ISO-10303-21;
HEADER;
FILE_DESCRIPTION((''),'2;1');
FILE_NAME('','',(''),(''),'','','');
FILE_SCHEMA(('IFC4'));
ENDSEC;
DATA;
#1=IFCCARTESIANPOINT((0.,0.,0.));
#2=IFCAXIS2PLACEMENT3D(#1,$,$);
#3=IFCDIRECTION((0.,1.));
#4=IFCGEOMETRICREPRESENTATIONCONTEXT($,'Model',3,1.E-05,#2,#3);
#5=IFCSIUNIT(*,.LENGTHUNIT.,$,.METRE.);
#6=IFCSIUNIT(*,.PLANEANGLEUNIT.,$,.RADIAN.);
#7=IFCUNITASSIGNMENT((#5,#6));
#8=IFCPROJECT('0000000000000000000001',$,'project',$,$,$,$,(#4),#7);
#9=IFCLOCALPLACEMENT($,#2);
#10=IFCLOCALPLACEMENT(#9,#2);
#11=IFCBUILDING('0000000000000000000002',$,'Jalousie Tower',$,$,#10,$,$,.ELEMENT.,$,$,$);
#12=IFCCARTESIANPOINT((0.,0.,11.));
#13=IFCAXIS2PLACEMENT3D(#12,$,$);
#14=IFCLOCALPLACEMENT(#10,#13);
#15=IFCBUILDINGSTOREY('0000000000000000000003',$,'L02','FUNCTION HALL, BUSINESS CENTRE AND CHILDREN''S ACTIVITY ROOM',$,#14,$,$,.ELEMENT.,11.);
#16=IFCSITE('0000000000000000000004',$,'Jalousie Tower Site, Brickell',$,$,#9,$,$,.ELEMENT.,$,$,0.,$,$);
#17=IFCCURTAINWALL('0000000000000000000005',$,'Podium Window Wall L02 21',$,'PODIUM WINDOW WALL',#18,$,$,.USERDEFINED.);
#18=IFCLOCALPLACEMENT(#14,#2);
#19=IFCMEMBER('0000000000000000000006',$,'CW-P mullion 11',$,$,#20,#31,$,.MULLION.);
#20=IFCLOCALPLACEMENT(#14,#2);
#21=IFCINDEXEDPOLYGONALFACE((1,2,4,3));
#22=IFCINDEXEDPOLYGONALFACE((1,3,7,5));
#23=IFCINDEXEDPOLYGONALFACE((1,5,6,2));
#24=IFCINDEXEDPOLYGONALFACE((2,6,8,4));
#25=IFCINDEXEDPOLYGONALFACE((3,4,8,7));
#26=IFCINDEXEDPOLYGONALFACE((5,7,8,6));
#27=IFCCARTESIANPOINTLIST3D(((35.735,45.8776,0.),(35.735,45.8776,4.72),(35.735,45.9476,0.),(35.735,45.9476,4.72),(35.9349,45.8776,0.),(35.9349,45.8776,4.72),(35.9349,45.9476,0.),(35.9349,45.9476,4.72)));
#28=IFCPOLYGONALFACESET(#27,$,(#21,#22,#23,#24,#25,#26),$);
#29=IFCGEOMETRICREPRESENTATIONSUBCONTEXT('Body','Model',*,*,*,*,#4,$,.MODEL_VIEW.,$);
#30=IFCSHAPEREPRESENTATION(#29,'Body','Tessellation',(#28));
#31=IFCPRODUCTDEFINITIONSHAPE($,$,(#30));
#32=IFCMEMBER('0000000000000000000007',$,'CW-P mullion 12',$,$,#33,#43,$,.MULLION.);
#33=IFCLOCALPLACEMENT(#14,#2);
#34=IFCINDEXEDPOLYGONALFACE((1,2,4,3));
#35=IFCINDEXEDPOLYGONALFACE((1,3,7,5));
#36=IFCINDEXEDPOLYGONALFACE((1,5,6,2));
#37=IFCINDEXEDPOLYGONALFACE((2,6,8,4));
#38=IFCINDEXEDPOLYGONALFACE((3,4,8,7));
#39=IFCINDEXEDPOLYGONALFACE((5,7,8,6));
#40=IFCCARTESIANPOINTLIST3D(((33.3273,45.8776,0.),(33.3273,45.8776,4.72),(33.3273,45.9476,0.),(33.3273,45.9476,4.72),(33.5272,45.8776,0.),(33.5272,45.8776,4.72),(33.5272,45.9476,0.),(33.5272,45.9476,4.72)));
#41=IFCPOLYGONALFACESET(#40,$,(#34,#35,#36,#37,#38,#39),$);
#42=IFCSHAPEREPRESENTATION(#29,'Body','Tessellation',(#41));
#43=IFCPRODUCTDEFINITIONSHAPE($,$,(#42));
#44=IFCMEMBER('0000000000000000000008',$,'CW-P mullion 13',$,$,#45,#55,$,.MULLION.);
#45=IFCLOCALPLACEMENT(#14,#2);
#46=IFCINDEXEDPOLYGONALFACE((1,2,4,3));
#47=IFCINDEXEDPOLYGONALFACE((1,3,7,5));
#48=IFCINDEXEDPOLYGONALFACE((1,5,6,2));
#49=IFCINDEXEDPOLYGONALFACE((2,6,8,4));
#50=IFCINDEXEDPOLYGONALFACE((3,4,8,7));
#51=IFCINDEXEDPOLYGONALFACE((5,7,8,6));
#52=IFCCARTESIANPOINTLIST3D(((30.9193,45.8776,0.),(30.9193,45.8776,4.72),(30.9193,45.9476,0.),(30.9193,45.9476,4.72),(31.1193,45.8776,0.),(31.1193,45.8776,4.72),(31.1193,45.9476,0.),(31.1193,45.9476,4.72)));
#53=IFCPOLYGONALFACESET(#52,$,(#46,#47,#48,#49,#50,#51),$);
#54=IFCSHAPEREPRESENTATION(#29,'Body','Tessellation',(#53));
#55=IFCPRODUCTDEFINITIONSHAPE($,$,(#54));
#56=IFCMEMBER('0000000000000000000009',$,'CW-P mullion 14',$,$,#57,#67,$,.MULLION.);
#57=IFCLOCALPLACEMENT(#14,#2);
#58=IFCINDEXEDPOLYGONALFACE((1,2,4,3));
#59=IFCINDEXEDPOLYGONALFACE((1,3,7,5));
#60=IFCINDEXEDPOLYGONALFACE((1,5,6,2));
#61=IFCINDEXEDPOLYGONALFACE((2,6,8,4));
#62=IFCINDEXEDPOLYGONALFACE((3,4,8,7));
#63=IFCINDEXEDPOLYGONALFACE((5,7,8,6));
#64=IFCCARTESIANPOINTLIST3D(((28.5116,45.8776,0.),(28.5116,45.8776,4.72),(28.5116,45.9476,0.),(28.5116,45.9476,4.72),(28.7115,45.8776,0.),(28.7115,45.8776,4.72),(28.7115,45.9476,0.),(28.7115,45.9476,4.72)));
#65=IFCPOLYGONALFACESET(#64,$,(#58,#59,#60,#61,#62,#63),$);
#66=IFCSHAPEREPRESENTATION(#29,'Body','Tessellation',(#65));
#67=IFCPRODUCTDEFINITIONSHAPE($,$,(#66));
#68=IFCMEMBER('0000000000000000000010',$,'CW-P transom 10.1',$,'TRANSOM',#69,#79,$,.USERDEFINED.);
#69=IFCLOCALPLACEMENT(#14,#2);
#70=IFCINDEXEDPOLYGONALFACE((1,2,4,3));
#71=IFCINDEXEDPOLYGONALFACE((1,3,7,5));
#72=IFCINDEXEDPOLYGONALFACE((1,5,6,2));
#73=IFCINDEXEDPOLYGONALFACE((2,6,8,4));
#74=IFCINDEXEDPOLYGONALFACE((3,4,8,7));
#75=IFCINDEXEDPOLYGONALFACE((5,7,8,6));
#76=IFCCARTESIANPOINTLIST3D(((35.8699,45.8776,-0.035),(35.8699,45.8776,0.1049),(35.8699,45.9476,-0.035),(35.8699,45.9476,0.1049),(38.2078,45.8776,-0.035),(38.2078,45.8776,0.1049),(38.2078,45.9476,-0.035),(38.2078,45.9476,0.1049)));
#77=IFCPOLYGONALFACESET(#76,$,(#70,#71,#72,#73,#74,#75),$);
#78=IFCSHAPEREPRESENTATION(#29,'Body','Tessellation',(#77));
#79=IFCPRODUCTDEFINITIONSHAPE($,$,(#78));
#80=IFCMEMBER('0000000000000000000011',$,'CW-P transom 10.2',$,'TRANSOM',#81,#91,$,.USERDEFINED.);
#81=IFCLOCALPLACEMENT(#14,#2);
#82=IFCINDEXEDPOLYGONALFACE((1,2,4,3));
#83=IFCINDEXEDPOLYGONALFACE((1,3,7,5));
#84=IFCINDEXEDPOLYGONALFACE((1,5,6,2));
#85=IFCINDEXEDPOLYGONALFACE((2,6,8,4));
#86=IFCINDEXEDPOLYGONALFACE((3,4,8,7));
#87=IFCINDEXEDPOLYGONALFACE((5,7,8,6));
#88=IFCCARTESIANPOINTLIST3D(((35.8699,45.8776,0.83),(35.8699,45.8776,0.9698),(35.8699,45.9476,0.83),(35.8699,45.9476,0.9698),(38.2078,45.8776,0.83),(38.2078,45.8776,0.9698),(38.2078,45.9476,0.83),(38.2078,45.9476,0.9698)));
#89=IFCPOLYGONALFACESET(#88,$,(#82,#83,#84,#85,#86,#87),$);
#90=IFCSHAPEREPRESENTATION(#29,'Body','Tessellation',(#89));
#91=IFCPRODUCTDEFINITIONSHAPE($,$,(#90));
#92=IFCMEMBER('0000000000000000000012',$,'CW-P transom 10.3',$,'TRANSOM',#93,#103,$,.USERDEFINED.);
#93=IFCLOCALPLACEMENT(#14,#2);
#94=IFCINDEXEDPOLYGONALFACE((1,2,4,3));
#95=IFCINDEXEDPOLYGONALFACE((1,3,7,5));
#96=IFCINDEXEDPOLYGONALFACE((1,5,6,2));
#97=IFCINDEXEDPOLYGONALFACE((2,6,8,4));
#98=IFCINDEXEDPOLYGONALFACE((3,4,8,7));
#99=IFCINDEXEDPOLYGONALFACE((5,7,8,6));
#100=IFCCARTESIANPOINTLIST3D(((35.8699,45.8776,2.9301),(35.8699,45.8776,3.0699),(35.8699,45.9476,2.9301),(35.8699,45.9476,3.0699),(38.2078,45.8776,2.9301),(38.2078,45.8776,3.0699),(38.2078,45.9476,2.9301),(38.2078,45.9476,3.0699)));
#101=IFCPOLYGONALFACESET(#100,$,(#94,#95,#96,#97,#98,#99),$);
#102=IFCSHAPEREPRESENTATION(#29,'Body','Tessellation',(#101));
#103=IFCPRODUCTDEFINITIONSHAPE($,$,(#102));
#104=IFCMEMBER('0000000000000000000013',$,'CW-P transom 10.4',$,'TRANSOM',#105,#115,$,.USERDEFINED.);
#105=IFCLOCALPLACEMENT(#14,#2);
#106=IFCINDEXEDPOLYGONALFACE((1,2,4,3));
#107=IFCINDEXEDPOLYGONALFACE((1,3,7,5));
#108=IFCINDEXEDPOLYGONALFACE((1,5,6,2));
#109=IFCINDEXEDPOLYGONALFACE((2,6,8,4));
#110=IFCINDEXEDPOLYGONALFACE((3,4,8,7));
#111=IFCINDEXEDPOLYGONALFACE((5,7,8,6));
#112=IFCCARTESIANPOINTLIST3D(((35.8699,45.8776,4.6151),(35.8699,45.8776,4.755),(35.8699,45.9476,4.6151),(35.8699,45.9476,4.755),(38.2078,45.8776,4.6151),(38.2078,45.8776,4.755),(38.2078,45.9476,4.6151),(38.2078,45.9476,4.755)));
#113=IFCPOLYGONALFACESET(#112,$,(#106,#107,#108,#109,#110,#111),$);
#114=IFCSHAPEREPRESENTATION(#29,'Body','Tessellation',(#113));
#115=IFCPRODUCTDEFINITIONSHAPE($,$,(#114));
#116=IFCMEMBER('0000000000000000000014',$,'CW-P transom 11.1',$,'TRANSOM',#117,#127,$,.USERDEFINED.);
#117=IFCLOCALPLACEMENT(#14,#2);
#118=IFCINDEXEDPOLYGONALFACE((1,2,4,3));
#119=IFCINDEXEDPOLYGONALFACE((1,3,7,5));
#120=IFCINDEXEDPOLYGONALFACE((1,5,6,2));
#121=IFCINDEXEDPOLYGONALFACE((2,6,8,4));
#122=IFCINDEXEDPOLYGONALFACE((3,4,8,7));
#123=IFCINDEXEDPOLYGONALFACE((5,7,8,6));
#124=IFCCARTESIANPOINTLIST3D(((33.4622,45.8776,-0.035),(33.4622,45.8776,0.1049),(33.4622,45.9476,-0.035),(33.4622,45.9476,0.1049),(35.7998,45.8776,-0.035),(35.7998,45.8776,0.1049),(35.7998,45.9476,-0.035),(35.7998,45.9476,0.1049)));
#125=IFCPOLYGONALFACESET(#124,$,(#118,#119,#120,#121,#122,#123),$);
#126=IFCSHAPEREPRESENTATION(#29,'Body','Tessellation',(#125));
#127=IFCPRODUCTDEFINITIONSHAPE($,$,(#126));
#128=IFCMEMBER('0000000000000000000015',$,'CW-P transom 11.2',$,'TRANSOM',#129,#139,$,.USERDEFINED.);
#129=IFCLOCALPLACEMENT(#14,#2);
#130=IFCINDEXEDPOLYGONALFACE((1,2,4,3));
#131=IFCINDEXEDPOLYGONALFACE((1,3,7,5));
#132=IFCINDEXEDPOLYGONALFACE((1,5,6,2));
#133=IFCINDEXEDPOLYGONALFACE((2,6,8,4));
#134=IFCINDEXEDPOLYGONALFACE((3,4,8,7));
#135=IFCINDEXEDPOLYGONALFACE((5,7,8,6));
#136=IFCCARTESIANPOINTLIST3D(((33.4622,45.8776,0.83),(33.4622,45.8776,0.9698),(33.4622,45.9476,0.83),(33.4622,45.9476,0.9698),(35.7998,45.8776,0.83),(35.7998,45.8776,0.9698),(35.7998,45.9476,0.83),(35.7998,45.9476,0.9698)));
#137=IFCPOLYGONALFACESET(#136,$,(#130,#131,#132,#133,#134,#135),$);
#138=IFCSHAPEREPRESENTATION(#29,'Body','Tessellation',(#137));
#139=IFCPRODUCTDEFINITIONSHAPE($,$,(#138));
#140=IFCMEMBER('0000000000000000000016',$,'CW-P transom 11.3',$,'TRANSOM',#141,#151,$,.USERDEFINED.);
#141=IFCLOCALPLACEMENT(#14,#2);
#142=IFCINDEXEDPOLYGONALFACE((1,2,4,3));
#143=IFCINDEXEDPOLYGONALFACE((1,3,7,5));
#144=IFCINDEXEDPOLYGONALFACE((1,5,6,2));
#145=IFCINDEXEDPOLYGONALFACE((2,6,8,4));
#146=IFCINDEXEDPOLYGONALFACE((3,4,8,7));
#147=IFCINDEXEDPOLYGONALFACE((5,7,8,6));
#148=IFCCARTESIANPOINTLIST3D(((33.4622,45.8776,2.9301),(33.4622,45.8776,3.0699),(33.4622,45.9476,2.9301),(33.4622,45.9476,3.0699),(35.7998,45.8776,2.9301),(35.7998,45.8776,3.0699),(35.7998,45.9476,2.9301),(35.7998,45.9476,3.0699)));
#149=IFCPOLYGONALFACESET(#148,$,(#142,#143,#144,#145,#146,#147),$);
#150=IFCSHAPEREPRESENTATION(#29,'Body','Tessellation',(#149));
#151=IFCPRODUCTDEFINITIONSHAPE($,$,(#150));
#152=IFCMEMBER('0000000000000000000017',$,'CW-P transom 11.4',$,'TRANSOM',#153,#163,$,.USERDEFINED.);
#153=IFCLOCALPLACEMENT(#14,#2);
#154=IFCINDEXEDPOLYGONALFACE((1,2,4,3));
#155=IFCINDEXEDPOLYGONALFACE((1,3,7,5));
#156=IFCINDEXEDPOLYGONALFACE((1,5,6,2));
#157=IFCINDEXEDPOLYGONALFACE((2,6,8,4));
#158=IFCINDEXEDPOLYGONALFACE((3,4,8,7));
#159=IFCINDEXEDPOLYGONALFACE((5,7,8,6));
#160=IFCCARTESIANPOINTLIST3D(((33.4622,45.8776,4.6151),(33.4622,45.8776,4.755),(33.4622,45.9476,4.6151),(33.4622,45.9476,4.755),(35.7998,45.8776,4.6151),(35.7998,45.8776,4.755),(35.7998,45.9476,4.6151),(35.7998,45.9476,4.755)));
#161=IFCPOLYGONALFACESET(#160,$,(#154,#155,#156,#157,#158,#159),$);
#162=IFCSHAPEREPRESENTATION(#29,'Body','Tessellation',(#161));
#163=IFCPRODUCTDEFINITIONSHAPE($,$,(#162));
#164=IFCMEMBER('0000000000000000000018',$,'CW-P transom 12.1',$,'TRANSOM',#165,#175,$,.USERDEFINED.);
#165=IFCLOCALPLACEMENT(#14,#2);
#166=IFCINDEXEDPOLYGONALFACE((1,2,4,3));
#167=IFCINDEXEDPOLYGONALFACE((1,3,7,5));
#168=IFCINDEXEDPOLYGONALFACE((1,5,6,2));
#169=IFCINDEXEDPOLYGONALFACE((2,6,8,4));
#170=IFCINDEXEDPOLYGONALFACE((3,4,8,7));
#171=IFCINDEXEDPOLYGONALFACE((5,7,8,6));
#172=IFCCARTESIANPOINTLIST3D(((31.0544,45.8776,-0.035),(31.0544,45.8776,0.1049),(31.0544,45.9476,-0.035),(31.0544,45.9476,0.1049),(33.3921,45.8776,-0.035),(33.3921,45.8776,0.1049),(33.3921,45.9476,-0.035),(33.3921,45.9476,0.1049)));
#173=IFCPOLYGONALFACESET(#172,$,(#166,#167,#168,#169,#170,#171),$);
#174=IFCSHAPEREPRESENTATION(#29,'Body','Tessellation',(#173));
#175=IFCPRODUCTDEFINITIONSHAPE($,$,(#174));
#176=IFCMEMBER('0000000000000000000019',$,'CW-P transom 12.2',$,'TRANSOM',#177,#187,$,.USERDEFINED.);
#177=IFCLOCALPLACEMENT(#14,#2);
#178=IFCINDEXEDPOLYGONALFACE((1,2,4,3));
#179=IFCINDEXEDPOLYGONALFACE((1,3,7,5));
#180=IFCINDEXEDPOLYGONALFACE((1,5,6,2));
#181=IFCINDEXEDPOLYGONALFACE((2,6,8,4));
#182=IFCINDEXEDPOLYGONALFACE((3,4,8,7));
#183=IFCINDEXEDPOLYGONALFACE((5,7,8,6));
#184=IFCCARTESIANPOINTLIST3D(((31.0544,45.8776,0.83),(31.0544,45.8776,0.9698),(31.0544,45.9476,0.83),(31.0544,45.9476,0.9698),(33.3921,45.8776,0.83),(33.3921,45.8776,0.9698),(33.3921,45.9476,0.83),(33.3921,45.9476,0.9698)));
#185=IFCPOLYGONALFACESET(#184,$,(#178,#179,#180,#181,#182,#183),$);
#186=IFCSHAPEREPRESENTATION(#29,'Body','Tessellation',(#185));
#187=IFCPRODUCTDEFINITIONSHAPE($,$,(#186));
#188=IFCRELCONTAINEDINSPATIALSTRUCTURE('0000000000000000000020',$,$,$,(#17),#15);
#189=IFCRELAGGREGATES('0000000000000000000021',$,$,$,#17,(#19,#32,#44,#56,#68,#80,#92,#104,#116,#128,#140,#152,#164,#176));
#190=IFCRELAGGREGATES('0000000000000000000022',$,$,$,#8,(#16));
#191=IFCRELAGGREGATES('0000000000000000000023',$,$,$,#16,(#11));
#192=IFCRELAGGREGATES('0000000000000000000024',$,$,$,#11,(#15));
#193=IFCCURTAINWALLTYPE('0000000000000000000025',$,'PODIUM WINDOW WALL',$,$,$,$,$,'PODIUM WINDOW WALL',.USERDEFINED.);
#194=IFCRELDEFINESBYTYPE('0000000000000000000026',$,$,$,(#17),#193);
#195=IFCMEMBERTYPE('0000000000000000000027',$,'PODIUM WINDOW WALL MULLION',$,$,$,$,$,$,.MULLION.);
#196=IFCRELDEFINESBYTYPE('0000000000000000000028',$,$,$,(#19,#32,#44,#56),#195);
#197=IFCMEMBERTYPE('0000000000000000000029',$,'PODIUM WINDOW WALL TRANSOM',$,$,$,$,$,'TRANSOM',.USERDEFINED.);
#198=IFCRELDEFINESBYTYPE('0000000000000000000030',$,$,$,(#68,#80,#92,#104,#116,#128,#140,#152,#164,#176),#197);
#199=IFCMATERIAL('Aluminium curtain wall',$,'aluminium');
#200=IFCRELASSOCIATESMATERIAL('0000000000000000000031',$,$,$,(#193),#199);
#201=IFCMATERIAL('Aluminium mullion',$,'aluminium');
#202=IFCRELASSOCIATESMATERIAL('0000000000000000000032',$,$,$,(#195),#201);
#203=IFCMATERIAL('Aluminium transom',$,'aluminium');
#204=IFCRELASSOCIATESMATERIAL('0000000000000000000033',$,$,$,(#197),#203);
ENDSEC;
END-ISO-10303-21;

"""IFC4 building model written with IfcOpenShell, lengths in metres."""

from ifc_helpers import new_model, si_unit, direction, frame, origin, origin_2d, place, context, subcontext, project, spatial, rectangle, extrude, material, material_profile, profile_set, type_object, element, aggregate, save


model = new_model("IFC4")

# Units and contexts
model_context = context("Model", 3, precision=1e-05, world=origin(), true_north=direction((0.0, 1.0)))
body_context = subcontext(model_context, "Body", "Model", "MODEL_VIEW")
ifc_project = project(units=[si_unit("LENGTHUNIT", "METRE"), si_unit("PLANEANGLEUNIT", "RADIAN")], contexts=[model_context])

# Site, building, storey
site_placement = place(None, origin())
site = spatial("IfcSite", under=ifc_project, at=site_placement, Name="Jalousie Tower Site, Brickell", CompositionType="ELEMENT", RefElevation=0.0)
building_placement = place(site_placement, origin())
building = spatial("IfcBuilding", under=site, at=building_placement, Name="Jalousie Tower", CompositionType="ELEMENT")
storey_placement = place(building_placement, frame((0.0, 0.0, 11.0)))
storey = spatial("IfcBuildingStorey", under=building, at=storey_placement, Name="L02", Description="FUNCTION HALL, BUSINESS CENTRE AND CHILDREN'S ACTIVITY ROOM", CompositionType="ELEMENT", Elevation=11.0)

# Curtain wall, members
ifc_material_1 = material(Name="Aluminium curtain wall", Category="aluminium")
curtain_wall_type = type_object("IfcCurtainWallType", Name="PODIUM WINDOW WALL", ElementType="PODIUM WINDOW WALL", PredefinedType="USERDEFINED", material=ifc_material_1)
curtain_wall_placement = place(storey_placement, origin())
curtain_wall = element("IfcCurtainWall", 1, at=curtain_wall_placement, inside=storey, type_object=curtain_wall_type, Name="Podium Window Wall L02 21", ObjectType="PODIUM WINDOW WALL", PredefinedType="USERDEFINED")
ifc_material_2 = material(Name="Aluminium mullion", Category="aluminium")
ifc_material_profile_1 = material_profile(ifc_material_2, rectangle(XDim=0.0701, YDim=0.2, at=origin_2d()), Name="MULLION 70x200")
ifc_profile_set_1 = profile_set([ifc_material_profile_1], Name="Aluminium mullion")
member_type_1 = type_object("IfcMemberType", Name="PODIUM WINDOW WALL MULLION", PredefinedType="MULLION", material=ifc_profile_set_1)
member_1_placement = place(storey_placement, frame((35.835, 45.9126, 0.0), z_axis=(0.0, 0.0, 1.0), x_axis=(0.0, -1.0, 0.0)))
member_1 = element("IfcMember", 2, at=member_1_placement, type_object=member_type_1, Name="CW-P mullion 11", PredefinedType="MULLION", context=body_context, shape_type="SweptSolid", body=[
    extrude(rectangle(XDim=0.0701, YDim=0.2, at=origin_2d()), origin(), (0.0, 0.0, 1.0), 4.72),
])
member_2_placement = place(storey_placement, frame((33.4272, 45.9126, 0.0), z_axis=(0.0, 0.0, 1.0), x_axis=(0.0, -1.0, 0.0)))
member_2 = element("IfcMember", 3, at=member_2_placement, type_object=member_type_1, Name="CW-P mullion 12", PredefinedType="MULLION", context=body_context, shape_type="SweptSolid", body=[
    extrude(rectangle(XDim=0.0701, YDim=0.2, at=origin_2d()), origin(), (0.0, 0.0, 1.0), 4.72),
])
member_3_placement = place(storey_placement, frame((31.0193, 45.9126, 0.0), z_axis=(0.0, 0.0, 1.0), x_axis=(0.0, -1.0, 0.0)))
member_3 = element("IfcMember", 4, at=member_3_placement, type_object=member_type_1, Name="CW-P mullion 13", PredefinedType="MULLION", context=body_context, shape_type="SweptSolid", body=[
    extrude(rectangle(XDim=0.0701, YDim=0.2, at=origin_2d()), origin(), (0.0, 0.0, 1.0), 4.72),
])
member_4_placement = place(storey_placement, frame((28.6116, 45.9126, 0.0), z_axis=(0.0, 0.0, 1.0), x_axis=(0.0, -1.0, 0.0)))
member_4 = element("IfcMember", 5, at=member_4_placement, type_object=member_type_1, Name="CW-P mullion 14", PredefinedType="MULLION", context=body_context, shape_type="SweptSolid", body=[
    extrude(rectangle(XDim=0.0701, YDim=0.2, at=origin_2d()), origin(), (0.0, 0.0, 1.0), 4.72),
])
ifc_material_3 = material(Name="Aluminium transom", Category="aluminium")
ifc_material_profile_2 = material_profile(ifc_material_3, rectangle(XDim=0.0701, YDim=0.1399, at=origin_2d()), Name="TRANSOM 70x140")
ifc_profile_set_2 = profile_set([ifc_material_profile_2], Name="Aluminium transom")
member_type_2 = type_object("IfcMemberType", Name="PODIUM WINDOW WALL TRANSOM", ElementType="TRANSOM", PredefinedType="USERDEFINED", material=ifc_profile_set_2)
member_5_placement = place(storey_placement, frame((38.2078, 45.9126, 0.0349), z_axis=(-1.0, 0.0, 0.0), x_axis=(0.0, -1.0, 0.0)))
member_5 = element("IfcMember", 6, at=member_5_placement, type_object=member_type_2, Name="CW-P transom 10.1", ObjectType="TRANSOM", PredefinedType="USERDEFINED", context=body_context, shape_type="SweptSolid", body=[
    extrude(rectangle(XDim=0.0701, YDim=0.1399, at=origin_2d()), origin(), (0.0, 0.0, 1.0), 2.3379),
])
member_6_placement = place(storey_placement, frame((38.2078, 45.9126, 0.8999), z_axis=(-1.0, 0.0, 0.0), x_axis=(0.0, -1.0, 0.0)))
member_6 = element("IfcMember", 7, at=member_6_placement, type_object=member_type_2, Name="CW-P transom 10.2", ObjectType="TRANSOM", PredefinedType="USERDEFINED", context=body_context, shape_type="SweptSolid", body=[
    extrude(rectangle(XDim=0.0701, YDim=0.1399, at=origin_2d()), origin(), (0.0, 0.0, 1.0), 2.3379),
])
member_7_placement = place(storey_placement, frame((38.2078, 45.9126, 3.0), z_axis=(-1.0, 0.0, 0.0), x_axis=(0.0, -1.0, 0.0)))
member_7 = element("IfcMember", 8, at=member_7_placement, type_object=member_type_2, Name="CW-P transom 10.3", ObjectType="TRANSOM", PredefinedType="USERDEFINED", context=body_context, shape_type="SweptSolid", body=[
    extrude(rectangle(XDim=0.0701, YDim=0.1399, at=origin_2d()), origin(), (0.0, 0.0, 1.0), 2.3379),
])
member_8_placement = place(storey_placement, frame((38.2078, 45.9126, 4.6851), z_axis=(-1.0, 0.0, 0.0), x_axis=(0.0, -1.0, 0.0)))
member_8 = element("IfcMember", 9, at=member_8_placement, type_object=member_type_2, Name="CW-P transom 10.4", ObjectType="TRANSOM", PredefinedType="USERDEFINED", context=body_context, shape_type="SweptSolid", body=[
    extrude(rectangle(XDim=0.0701, YDim=0.1399, at=origin_2d()), origin(), (0.0, 0.0, 1.0), 2.3379),
])
member_9_placement = place(storey_placement, frame((35.7998, 45.9126, 0.0349), z_axis=(-1.0, 0.0, 0.0), x_axis=(0.0, -1.0, 0.0)))
member_9 = element("IfcMember", 10, at=member_9_placement, type_object=member_type_2, Name="CW-P transom 11.1", ObjectType="TRANSOM", PredefinedType="USERDEFINED", context=body_context, shape_type="SweptSolid", body=[
    extrude(rectangle(XDim=0.0701, YDim=0.1399, at=origin_2d()), origin(), (0.0, 0.0, 1.0), 2.3376),
])
member_10_placement = place(storey_placement, frame((35.7998, 45.9126, 0.8999), z_axis=(-1.0, 0.0, 0.0), x_axis=(0.0, -1.0, 0.0)))
member_10 = element("IfcMember", 11, at=member_10_placement, type_object=member_type_2, Name="CW-P transom 11.2", ObjectType="TRANSOM", PredefinedType="USERDEFINED", context=body_context, shape_type="SweptSolid", body=[
    extrude(rectangle(XDim=0.0701, YDim=0.1399, at=origin_2d()), origin(), (0.0, 0.0, 1.0), 2.3376),
])
member_11_placement = place(storey_placement, frame((35.7998, 45.9126, 3.0), z_axis=(-1.0, 0.0, 0.0), x_axis=(0.0, -1.0, 0.0)))
member_11 = element("IfcMember", 12, at=member_11_placement, type_object=member_type_2, Name="CW-P transom 11.3", ObjectType="TRANSOM", PredefinedType="USERDEFINED", context=body_context, shape_type="SweptSolid", body=[
    extrude(rectangle(XDim=0.0701, YDim=0.1399, at=origin_2d()), origin(), (0.0, 0.0, 1.0), 2.3376),
])
member_12_placement = place(storey_placement, frame((35.7998, 45.9126, 4.6851), z_axis=(-1.0, 0.0, 0.0), x_axis=(0.0, -1.0, 0.0)))
member_12 = element("IfcMember", 13, at=member_12_placement, type_object=member_type_2, Name="CW-P transom 11.4", ObjectType="TRANSOM", PredefinedType="USERDEFINED", context=body_context, shape_type="SweptSolid", body=[
    extrude(rectangle(XDim=0.0701, YDim=0.1399, at=origin_2d()), origin(), (0.0, 0.0, 1.0), 2.3376),
])
member_13_placement = place(storey_placement, frame((33.3921, 45.9126, 0.0349), z_axis=(-1.0, 0.0, 0.0), x_axis=(0.0, -1.0, 0.0)))
member_13 = element("IfcMember", 14, at=member_13_placement, type_object=member_type_2, Name="CW-P transom 12.1", ObjectType="TRANSOM", PredefinedType="USERDEFINED", context=body_context, shape_type="SweptSolid", body=[
    extrude(rectangle(XDim=0.0701, YDim=0.1399, at=origin_2d()), origin(), (0.0, 0.0, 1.0), 2.3376),
])
member_14_placement = place(storey_placement, frame((33.3921, 45.9126, 0.8999), z_axis=(-1.0, 0.0, 0.0), x_axis=(0.0, -1.0, 0.0)))
member_14 = element("IfcMember", 15, at=member_14_placement, type_object=member_type_2, Name="CW-P transom 12.2", ObjectType="TRANSOM", PredefinedType="USERDEFINED", context=body_context, shape_type="SweptSolid", body=[
    extrude(rectangle(XDim=0.0701, YDim=0.1399, at=origin_2d()), origin(), (0.0, 0.0, 1.0), 2.3376),
])
aggregate(curtain_wall, [member_1, member_2, member_3, member_4, member_5, member_6, member_7, member_8, member_9, member_10, member_11, member_12, member_13, member_14])

save(model, "model.ifc")
